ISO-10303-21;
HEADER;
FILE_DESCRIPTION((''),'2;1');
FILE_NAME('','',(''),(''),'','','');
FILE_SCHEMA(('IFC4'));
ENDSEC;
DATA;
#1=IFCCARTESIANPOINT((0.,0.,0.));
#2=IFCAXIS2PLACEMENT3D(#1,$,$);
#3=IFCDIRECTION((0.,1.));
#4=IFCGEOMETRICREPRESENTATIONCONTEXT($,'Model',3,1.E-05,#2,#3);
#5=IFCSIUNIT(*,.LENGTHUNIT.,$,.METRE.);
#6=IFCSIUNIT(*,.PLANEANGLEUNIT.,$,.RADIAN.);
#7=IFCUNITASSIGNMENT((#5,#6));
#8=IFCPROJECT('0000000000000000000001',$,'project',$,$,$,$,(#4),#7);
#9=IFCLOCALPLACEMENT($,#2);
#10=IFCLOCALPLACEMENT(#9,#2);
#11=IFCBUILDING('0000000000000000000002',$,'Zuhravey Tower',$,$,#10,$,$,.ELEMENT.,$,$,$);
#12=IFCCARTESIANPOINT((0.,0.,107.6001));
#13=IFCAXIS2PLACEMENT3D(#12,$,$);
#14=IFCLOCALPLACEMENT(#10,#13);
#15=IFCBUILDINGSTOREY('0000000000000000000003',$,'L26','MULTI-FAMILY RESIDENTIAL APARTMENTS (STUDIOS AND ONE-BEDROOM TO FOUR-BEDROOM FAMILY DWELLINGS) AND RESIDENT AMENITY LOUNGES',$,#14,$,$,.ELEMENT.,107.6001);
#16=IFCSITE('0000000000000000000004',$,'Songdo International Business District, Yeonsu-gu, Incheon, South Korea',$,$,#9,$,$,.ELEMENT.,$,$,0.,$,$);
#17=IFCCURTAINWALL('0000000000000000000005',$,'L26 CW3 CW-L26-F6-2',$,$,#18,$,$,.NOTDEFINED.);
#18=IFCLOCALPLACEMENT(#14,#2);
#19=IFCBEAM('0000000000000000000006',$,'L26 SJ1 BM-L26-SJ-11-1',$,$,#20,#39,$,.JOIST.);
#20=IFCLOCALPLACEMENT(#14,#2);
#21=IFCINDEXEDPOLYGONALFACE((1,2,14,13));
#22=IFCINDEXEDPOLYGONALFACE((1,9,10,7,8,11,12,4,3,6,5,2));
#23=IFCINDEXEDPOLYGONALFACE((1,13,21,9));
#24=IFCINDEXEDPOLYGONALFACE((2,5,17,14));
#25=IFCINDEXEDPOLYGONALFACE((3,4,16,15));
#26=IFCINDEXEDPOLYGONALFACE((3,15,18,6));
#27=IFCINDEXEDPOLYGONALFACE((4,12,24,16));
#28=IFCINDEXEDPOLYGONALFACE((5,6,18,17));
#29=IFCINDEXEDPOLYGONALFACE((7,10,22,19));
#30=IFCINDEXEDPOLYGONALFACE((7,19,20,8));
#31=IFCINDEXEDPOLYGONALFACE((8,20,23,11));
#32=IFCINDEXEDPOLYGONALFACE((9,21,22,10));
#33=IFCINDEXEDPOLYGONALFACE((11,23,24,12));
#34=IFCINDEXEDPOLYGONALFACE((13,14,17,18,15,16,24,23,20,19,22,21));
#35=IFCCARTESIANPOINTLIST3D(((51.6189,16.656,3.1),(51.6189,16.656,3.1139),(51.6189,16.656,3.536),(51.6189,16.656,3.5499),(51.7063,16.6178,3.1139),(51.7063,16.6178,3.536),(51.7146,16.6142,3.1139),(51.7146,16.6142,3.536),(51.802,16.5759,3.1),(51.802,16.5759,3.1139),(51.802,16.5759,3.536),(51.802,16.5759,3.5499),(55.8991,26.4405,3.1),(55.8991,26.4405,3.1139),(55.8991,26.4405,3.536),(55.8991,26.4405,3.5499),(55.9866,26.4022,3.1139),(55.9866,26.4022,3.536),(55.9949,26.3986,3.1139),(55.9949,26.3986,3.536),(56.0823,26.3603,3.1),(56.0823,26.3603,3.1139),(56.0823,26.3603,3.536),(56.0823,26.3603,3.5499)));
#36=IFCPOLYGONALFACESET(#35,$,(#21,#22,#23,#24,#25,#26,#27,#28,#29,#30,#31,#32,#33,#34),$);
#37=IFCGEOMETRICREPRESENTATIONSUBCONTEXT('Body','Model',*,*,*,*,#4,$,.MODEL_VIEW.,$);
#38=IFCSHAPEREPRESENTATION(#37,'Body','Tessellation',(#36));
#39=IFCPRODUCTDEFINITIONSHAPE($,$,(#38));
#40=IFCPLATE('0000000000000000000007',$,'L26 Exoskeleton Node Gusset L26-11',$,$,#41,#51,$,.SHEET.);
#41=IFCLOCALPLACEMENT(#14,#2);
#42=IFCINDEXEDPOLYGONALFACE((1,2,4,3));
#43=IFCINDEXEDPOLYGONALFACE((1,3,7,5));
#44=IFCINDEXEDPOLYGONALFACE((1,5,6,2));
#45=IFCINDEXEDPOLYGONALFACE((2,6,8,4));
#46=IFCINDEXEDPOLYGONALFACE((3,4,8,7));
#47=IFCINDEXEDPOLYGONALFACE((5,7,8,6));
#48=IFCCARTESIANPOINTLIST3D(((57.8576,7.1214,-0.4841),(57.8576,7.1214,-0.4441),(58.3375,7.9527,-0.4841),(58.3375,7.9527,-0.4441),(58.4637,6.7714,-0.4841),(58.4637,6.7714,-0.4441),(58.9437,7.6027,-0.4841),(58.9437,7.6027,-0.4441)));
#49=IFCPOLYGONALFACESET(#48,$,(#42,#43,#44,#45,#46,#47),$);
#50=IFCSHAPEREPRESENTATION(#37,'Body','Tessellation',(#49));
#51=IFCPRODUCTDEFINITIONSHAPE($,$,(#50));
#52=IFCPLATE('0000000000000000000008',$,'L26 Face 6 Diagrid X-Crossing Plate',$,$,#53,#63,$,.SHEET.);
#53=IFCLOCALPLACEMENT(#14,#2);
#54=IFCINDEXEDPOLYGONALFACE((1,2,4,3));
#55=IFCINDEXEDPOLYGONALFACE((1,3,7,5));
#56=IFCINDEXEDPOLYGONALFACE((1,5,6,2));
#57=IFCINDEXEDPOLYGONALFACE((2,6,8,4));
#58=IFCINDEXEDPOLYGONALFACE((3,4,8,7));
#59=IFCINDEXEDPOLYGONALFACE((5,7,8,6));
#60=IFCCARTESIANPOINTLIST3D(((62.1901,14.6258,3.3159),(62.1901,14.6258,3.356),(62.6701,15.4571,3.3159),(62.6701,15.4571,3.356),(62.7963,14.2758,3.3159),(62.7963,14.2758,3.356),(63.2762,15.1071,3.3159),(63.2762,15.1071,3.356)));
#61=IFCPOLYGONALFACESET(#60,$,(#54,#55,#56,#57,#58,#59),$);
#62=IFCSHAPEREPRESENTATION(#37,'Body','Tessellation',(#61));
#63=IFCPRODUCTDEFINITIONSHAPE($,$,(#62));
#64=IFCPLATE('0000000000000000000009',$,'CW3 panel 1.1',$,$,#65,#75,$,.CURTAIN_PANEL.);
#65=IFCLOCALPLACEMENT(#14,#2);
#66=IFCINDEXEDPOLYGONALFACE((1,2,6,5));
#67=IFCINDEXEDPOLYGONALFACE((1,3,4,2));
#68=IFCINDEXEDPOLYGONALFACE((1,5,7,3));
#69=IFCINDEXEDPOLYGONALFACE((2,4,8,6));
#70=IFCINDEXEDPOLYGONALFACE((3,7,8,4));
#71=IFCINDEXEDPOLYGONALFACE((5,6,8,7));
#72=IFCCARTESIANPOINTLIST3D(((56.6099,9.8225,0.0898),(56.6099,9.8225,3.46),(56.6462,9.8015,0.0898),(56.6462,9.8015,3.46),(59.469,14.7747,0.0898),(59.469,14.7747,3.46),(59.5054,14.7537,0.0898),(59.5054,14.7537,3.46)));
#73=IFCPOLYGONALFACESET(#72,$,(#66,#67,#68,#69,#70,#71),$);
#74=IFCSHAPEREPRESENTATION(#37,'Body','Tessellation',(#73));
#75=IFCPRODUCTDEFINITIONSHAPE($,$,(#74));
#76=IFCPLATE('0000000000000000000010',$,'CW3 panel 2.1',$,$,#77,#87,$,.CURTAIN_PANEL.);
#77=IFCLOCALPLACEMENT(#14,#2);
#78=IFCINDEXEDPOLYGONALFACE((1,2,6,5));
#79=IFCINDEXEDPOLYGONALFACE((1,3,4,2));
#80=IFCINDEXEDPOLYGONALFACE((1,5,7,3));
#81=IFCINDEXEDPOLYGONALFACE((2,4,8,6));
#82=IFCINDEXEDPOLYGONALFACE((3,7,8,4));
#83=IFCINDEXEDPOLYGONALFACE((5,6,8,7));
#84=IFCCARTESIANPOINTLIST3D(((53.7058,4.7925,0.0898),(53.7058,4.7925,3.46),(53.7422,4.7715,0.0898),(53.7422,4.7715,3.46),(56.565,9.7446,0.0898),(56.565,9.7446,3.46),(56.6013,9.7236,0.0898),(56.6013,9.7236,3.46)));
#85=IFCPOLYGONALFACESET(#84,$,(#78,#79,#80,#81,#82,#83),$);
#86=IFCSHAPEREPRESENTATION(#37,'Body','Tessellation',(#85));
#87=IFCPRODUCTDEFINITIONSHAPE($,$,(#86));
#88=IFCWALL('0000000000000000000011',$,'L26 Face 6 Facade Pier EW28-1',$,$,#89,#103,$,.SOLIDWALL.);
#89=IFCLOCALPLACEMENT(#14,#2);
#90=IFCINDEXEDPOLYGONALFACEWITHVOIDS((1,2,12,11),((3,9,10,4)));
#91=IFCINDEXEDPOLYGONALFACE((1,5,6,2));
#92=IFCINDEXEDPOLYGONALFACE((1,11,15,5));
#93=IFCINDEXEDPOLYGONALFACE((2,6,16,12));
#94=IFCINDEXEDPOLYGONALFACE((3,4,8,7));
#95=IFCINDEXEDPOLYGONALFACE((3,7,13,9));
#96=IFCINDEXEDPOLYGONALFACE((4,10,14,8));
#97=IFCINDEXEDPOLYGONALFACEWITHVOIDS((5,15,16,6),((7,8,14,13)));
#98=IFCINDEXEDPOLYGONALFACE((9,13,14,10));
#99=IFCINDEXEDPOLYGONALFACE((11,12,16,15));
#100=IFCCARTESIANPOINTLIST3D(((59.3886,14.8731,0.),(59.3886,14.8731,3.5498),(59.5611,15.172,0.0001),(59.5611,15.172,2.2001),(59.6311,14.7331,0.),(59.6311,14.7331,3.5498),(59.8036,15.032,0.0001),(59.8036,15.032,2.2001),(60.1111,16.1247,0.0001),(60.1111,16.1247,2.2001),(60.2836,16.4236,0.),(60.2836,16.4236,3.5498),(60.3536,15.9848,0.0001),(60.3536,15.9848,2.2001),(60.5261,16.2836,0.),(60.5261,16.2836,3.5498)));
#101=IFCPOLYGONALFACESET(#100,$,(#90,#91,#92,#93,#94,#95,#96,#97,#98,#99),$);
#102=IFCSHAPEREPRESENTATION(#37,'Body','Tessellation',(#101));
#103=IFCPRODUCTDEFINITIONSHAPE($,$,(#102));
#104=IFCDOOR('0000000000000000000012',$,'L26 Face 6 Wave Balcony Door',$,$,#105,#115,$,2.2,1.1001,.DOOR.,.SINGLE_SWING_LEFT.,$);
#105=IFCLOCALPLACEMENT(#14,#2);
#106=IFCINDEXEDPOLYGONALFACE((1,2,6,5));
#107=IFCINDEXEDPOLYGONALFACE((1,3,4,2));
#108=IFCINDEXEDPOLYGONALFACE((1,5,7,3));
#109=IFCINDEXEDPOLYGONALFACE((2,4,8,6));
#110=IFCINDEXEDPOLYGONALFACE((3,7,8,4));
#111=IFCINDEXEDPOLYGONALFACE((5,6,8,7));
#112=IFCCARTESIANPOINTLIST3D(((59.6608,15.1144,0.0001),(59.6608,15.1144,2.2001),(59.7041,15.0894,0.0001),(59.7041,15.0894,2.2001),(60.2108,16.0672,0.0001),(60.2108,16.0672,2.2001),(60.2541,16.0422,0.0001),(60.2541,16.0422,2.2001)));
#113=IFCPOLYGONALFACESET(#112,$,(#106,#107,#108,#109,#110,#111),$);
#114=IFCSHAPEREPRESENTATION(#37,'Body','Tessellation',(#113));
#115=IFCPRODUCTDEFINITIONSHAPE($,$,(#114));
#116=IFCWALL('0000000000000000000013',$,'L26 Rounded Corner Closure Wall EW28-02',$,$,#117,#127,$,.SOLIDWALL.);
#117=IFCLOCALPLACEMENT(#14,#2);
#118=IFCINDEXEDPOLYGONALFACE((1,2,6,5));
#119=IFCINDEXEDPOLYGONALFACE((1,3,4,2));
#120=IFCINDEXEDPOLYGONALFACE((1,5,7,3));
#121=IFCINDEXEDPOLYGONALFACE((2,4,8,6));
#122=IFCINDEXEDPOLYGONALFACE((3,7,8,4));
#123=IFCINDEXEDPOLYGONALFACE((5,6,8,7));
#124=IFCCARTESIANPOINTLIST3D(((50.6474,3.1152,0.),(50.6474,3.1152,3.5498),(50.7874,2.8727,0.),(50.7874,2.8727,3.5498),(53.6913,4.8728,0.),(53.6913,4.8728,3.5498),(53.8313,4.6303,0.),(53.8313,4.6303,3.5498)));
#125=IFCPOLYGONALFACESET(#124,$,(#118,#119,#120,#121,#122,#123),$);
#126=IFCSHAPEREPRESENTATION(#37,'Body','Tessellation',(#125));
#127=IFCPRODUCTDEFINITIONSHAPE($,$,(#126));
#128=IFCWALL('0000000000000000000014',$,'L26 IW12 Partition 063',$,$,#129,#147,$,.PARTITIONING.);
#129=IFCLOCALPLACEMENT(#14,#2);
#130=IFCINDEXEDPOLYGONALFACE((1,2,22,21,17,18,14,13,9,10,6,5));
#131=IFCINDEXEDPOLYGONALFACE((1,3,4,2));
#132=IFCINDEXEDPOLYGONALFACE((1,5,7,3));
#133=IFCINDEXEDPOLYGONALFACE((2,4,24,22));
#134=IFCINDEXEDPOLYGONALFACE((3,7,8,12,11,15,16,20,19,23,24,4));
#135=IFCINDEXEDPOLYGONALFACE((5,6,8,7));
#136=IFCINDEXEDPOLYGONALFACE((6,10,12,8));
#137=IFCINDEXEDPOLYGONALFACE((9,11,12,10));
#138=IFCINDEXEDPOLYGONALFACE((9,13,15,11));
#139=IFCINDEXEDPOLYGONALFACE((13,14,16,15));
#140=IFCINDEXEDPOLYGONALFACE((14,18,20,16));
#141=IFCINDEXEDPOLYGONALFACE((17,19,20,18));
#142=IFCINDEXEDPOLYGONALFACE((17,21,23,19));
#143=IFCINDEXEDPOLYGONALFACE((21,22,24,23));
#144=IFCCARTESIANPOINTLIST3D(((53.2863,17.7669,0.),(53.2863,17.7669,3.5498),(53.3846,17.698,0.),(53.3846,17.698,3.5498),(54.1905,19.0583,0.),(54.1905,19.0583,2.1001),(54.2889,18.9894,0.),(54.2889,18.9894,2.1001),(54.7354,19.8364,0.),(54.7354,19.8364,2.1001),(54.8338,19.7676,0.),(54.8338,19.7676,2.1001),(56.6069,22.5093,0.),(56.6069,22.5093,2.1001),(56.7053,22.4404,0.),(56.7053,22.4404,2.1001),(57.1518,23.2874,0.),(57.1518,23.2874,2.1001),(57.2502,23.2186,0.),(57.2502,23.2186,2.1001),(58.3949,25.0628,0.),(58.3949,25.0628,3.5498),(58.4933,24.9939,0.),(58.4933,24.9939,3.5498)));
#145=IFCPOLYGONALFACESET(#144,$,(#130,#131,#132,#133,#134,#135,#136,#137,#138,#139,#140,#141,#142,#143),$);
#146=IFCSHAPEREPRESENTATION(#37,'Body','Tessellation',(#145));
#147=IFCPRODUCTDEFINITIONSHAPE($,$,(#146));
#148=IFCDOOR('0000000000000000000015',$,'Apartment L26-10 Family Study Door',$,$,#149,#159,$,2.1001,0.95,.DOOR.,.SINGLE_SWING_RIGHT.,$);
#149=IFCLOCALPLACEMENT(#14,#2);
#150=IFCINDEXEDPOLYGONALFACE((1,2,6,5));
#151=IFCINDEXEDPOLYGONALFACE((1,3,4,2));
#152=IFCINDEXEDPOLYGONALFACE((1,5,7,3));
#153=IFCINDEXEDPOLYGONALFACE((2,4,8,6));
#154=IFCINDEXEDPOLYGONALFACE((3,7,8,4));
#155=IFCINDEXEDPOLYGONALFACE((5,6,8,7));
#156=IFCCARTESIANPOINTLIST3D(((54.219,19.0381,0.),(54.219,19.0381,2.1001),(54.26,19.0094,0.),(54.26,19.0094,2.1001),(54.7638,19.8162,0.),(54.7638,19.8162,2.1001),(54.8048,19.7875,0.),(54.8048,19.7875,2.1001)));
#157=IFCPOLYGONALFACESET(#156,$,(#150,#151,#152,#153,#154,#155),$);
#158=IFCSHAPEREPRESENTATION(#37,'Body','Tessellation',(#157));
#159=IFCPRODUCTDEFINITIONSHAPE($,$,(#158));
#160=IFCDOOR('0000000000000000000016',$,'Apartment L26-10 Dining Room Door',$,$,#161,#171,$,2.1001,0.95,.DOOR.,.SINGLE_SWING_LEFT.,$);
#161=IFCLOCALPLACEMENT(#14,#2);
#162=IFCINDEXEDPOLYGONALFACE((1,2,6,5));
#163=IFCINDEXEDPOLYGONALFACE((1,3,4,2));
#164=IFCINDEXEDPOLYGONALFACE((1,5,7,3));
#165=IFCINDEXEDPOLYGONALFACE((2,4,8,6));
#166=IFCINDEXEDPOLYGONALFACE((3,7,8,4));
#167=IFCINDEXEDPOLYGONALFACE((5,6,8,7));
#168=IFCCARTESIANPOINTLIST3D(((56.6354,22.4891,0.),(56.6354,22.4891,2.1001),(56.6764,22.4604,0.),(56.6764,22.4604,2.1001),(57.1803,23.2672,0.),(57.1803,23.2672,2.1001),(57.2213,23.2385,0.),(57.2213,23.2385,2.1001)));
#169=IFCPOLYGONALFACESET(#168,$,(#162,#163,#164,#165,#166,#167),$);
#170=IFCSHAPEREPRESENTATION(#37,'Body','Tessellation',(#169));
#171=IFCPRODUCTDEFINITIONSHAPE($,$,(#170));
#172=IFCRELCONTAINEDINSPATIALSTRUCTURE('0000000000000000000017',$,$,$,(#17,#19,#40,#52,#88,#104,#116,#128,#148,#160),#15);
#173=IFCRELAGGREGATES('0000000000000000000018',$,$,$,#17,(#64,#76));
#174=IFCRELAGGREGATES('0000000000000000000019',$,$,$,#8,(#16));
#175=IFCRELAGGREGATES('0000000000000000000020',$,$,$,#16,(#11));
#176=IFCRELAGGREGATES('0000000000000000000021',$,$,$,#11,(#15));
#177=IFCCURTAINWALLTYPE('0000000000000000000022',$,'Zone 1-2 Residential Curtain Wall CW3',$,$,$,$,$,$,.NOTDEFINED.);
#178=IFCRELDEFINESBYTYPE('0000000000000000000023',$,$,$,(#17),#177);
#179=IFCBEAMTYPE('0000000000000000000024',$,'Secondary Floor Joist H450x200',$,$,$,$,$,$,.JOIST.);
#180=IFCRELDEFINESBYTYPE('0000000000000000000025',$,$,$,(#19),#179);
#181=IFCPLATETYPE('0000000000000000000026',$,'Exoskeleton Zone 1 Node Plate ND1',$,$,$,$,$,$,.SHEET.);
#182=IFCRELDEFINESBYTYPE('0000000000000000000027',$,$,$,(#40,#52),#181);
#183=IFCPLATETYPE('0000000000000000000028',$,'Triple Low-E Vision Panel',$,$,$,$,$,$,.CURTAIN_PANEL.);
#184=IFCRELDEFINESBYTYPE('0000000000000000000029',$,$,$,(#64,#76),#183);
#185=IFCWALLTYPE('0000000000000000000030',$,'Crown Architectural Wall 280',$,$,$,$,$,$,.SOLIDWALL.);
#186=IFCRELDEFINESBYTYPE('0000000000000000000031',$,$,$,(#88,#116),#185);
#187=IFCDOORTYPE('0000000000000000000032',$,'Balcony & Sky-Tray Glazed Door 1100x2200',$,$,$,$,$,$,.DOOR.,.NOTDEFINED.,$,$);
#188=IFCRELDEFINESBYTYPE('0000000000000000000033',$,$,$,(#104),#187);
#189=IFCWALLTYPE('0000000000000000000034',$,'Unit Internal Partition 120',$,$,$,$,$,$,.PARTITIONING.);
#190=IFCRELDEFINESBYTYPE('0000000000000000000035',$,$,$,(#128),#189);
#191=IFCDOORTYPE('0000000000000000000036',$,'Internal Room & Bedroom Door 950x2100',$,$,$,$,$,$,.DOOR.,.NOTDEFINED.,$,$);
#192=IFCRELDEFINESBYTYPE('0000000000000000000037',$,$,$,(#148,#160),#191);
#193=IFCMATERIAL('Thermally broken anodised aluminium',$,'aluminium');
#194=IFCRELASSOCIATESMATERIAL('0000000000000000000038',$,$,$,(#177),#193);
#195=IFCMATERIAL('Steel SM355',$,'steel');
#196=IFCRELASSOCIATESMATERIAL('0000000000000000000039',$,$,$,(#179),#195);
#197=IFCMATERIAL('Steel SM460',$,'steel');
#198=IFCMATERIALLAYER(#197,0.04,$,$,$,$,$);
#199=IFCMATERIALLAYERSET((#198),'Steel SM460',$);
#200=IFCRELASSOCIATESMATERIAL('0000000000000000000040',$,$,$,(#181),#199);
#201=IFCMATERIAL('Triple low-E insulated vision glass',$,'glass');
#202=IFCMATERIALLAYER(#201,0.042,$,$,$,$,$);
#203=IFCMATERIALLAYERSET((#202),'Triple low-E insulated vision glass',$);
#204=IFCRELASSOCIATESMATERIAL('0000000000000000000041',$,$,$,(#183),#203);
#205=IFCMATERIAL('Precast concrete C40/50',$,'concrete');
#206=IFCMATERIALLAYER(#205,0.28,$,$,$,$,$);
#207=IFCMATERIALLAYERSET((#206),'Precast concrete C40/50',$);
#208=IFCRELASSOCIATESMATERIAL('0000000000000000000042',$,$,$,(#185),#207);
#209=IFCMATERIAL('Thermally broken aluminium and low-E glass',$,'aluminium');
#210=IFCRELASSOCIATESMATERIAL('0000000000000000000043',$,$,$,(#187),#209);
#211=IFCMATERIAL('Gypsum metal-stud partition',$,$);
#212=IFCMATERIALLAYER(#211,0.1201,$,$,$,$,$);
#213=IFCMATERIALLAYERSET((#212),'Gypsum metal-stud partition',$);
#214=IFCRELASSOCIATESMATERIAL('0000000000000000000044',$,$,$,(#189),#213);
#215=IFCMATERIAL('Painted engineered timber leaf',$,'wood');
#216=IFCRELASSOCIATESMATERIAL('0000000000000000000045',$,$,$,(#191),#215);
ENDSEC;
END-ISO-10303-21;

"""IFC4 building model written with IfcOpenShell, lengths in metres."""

from ifc_helpers import new_model, si_unit, direction, frame, frame_2d, origin, origin_2d, place, context, subcontext, project, spatial, rectangle, i_section, extrude, material, layer, layer_set, material_profile, profile_set, type_object, element, fill, aggregate, save


model = new_model("IFC4")

# Units and contexts
model_context = context("Model", 3, precision=1e-05, world=origin(), true_north=direction((0.0, 1.0)))
body_context = subcontext(model_context, "Body", "Model", "MODEL_VIEW")
ifc_project = project(units=[si_unit("LENGTHUNIT", "METRE"), si_unit("PLANEANGLEUNIT", "RADIAN")], contexts=[model_context])

# Site, building, storey
site_placement = place(None, origin())
site = spatial("IfcSite", under=ifc_project, at=site_placement, Name="Songdo International Business District, Yeonsu-gu, Incheon, South Korea", CompositionType="ELEMENT", RefElevation=0.0)
building_placement = place(site_placement, origin())
building = spatial("IfcBuilding", under=site, at=building_placement, Name="Zuhravey Tower", CompositionType="ELEMENT")
storey_placement = place(building_placement, frame((0.0, 0.0, 107.6001)))
storey = spatial("IfcBuildingStorey", under=building, at=storey_placement, Name="L26", Description="MULTI-FAMILY RESIDENTIAL APARTMENTS (STUDIOS AND ONE-BEDROOM TO FOUR-BEDROOM FAMILY DWELLINGS) AND RESIDENT AMENITY LOUNGES", CompositionType="ELEMENT", Elevation=107.6001)

# Shared definitions
ifc_material_1 = material(Name="Thermally broken anodised aluminium", Category="aluminium")
curtain_wall_type = type_object("IfcCurtainWallType", Name="Zone 1-2 Residential Curtain Wall CW3", PredefinedType="NOTDEFINED", material=ifc_material_1)

# Curtain wall
curtain_wall_1_placement = place(storey_placement, origin())
curtain_wall_1 = element("IfcCurtainWall", 1, at=curtain_wall_1_placement, inside=storey, type_object=curtain_wall_type, Name="L26 CW3 CW-L26-F6-2", PredefinedType="NOTDEFINED")

# Shared definitions
ifc_material_2 = material(Name="Steel SM355", Category="steel")
ifc_material_3 = material(Name="Steel SM460", Category="steel")

# Beam
ifc_material_profile_1 = material_profile(ifc_material_2, i_section(OverallWidth=0.2, OverallDepth=0.45, WebThickness=0.009, FlangeThickness=0.0139, at=origin_2d()), Name="H-450x200x9x14")
ifc_profile_set_1 = profile_set([ifc_material_profile_1], Name="Steel SM355")
beam_type_1 = type_object("IfcBeamType", Name="Secondary Floor Joist H450x200", PredefinedType="JOIST", material=ifc_profile_set_1)
beam_1_placement = place(storey_placement, frame((51.7104, 16.616, 3.325), z_axis=(0.400786, 0.916172, 0.0), x_axis=(-0.916172, 0.400786, 0.0)))
element("IfcBeam", 2, at=beam_1_placement, inside=storey, type_object=beam_type_1, Name="L26 SJ1 BM-L26-SJ-11-1", PredefinedType="JOIST", context=body_context, shape_type="SweptSolid", body=[
    extrude(i_section(OverallWidth=0.2, OverallDepth=0.45, WebThickness=0.009, FlangeThickness=0.0139, at=origin_2d()), origin(), (0.0, 0.0, 1.0), 10.6797),
])

# Plates
ifc_layer_1 = layer(ifc_material_3, 0.04)
ifc_layer_set_1 = layer_set([ifc_layer_1], Name="Steel SM460")
plate_type_1 = type_object("IfcPlateType", Name="Exoskeleton Zone 1 Node Plate ND1", PredefinedType="SHEET", material=ifc_layer_set_1)
for number, where, z_axis, x_axis, name in (
    (3, (58.4006, 7.3621, -0.4841), (0.0, 0.0, 1.0), (0.5, 0.866025, 0.0), "L26 Exoskeleton Node Gusset L26-11"),
    (4, (62.7332, 14.8665, 3.3159), (0.0, 0.0, 1.0), (0.5, 0.866025, 0.0), "L26 Face 6 Diagrid X-Crossing Plate"),
):
    element("IfcPlate", number, at=place(storey_placement, frame(where, z_axis=z_axis, x_axis=x_axis)), inside=storey, type_object=plate_type_1, Name=name, PredefinedType="SHEET", context=body_context, shape_type="SweptSolid", body=[
        extrude(rectangle(XDim=0.96, YDim=0.7, at=origin_2d()), origin(), (0.0, 0.0, 1.0), 0.04),
    ])

# Plates
ifc_material_4 = material(Name="Triple low-E insulated vision glass", Category="glass")
ifc_layer_2 = layer(ifc_material_4, 0.042)
ifc_layer_set_2 = layer_set([ifc_layer_2], Name="Triple low-E insulated vision glass")
plate_type_2 = type_object("IfcPlateType", Name="Triple Low-E Vision Panel", PredefinedType="CURTAIN_PANEL", material=ifc_layer_set_2)
plate_1_placement = place(storey_placement, frame((58.0576, 12.2881, 0.0898), z_axis=(0.0, 0.0, 1.0), x_axis=(-0.500004, -0.866023, 0.0)))
plate_1 = element("IfcPlate", 5, at=plate_1_placement, type_object=plate_type_2, Name="CW3 panel 1.1", PredefinedType="CURTAIN_PANEL", context=body_context, shape_type="SweptSolid", body=[
    extrude(rectangle(XDim=5.7183, YDim=0.042, at=origin_2d()), origin(), (0.0, 0.0, 1.0), 3.3701),
])
plate_2_placement = place(storey_placement, frame((55.1536, 7.2581, 0.0898), z_axis=(0.0, 0.0, 1.0), x_axis=(-0.500004, -0.866023, 0.0)))
plate_2 = element("IfcPlate", 6, at=plate_2_placement, type_object=plate_type_2, Name="CW3 panel 2.1", PredefinedType="CURTAIN_PANEL", context=body_context, shape_type="SweptSolid", body=[
    extrude(rectangle(XDim=5.7183, YDim=0.042, at=origin_2d()), origin(), (0.0, 0.0, 1.0), 3.3701),
])
aggregate(curtain_wall_1, [plate_1, plate_2])

# Wall, opening, door
ifc_material_5 = material(Name="Precast concrete C40/50", Category="concrete")
ifc_layer_3 = layer(ifc_material_5, 0.28)
ifc_layer_set_3 = layer_set([ifc_layer_3], Name="Precast concrete C40/50")
wall_type_1 = type_object("IfcWallType", Name="Crown Architectural Wall 280", PredefinedType="SOLIDWALL", material=ifc_layer_set_3)
wall_1_placement = place(storey_placement, frame((60.4048, 16.3535, 0.0), z_axis=(0.0, 0.0, 1.0), x_axis=(-0.499923, -0.86607, 0.0)))
wall_1 = element("IfcWall", 7, at=wall_1_placement, inside=storey, type_object=wall_type_1, Name="L26 Face 6 Facade Pier EW28-1", PredefinedType="SOLIDWALL", context=body_context, shape_type="SweptSolid", body=[
    extrude(rectangle(XDim=1.7903, YDim=0.28, at=frame_2d((0.895, 0.0))), origin(), (0.0, 0.0, 1.0), 3.5498),
])
opening_1_placement = place(wall_1_placement, frame((0.345, 0.0, 0.0)))
opening_1 = element("IfcOpeningElement", 8, at=opening_1_placement, cuts=wall_1, PredefinedType="OPENING", context=body_context, shape_type="SweptSolid", body=[
    extrude(rectangle(XDim=1.1001, YDim=2.2, at=frame_2d((0.55, 1.1001))), frame((0.0, 0.1521, 0.0), z_axis=(0.0, -1.0, 0.0), x_axis=(1.0, 0.0, 0.0)), (0.0, 0.0, 1.0), 0.304),
])
ifc_material_6 = material(Name="Thermally broken aluminium and low-E glass", Category="aluminium")
door_type_1 = type_object("IfcDoorType", Name="Balcony & Sky-Tray Glazed Door 1100x2200", OperationType="NOTDEFINED", PredefinedType="DOOR", material=ifc_material_6)
door_1_placement = place(opening_1_placement, frame((1.1001, 0.0, 0.0), z_axis=(0.0, 0.0, 1.0), x_axis=(-1.0, 0.0, 0.0)))
door_1 = element("IfcDoor", 9, at=door_1_placement, inside=storey, type_object=door_type_1, Name="L26 Face 6 Wave Balcony Door", OperationType="SINGLE_SWING_LEFT", OverallHeight=2.2, OverallWidth=1.1001, PredefinedType="DOOR", context=body_context, shape_type="SweptSolid", body=[
    extrude(rectangle(XDim=1.1001, YDim=2.2, at=frame_2d((0.55, 1.1001))), frame((0.0, 0.0249, 0.0), z_axis=(0.0, -1.0, 0.0), x_axis=(1.0, 0.0, 0.0)), (0.0, 0.0, 1.0), 0.05),
])
fill(opening_1, door_1)

# Wall
wall_2_placement = place(storey_placement, frame((53.7612, 4.7515, 0.0), z_axis=(0.0, 0.0, 1.0), x_axis=(-0.866007, -0.500031, 0.0)))
element("IfcWall", 10, at=wall_2_placement, inside=storey, type_object=wall_type_1, Name="L26 Rounded Corner Closure Wall EW28-02", PredefinedType="SOLIDWALL", context=body_context, shape_type="SweptSolid", body=[
    extrude(rectangle(XDim=3.5149, YDim=0.28, at=frame_2d((1.7573, 0.0))), origin(), (0.0, 0.0, 1.0), 3.5498),
])

# Wall, openings, doors
ifc_material_7 = material(Name="Gypsum metal-stud partition")
ifc_layer_4 = layer(ifc_material_7, 0.1201)
ifc_layer_set_4 = layer_set([ifc_layer_4], Name="Gypsum metal-stud partition")
wall_type_2 = type_object("IfcWallType", Name="Unit Internal Partition 120", PredefinedType="PARTITIONING", material=ifc_layer_set_4)
wall_3_placement = place(storey_placement, frame((53.3354, 17.7324, 0.0), z_axis=(0.0, 0.0, 1.0), x_axis=(0.573576, 0.819152, 0.0)))
wall_3 = element("IfcWall", 11, at=wall_3_placement, inside=storey, type_object=wall_type_2, Name="L26 IW12 Partition 063", PredefinedType="PARTITIONING", context=body_context, shape_type="SweptSolid", body=[
    extrude(rectangle(XDim=8.9067, YDim=0.1201, at=frame_2d((4.4534, 0.0))), origin(), (0.0, 0.0, 1.0), 3.5498),
])
opening_2_placement = place(wall_3_placement, frame((1.5764, 0.0, 0.0)))
opening_2 = element("IfcOpeningElement", 12, at=opening_2_placement, cuts=wall_3, PredefinedType="OPENING", context=body_context, shape_type="SweptSolid", body=[
    extrude(rectangle(XDim=0.95, YDim=2.1001, at=frame_2d((0.4751, 1.05))), frame((0.0, 0.072, 0.0), z_axis=(0.0, -1.0, 0.0), x_axis=(1.0, 0.0, 0.0)), (0.0, 0.0, 1.0), 0.144),
])
opening_3_placement = place(wall_3_placement, frame((5.7893, 0.0, 0.0)))
opening_3 = element("IfcOpeningElement", 13, at=opening_3_placement, cuts=wall_3, PredefinedType="OPENING", context=body_context, shape_type="SweptSolid", body=[
    extrude(rectangle(XDim=0.95, YDim=2.1001, at=frame_2d((0.4751, 1.05))), frame((0.0, 0.072, 0.0), z_axis=(0.0, -1.0, 0.0), x_axis=(1.0, 0.0, 0.0)), (0.0, 0.0, 1.0), 0.144),
])
ifc_material_8 = material(Name="Painted engineered timber leaf", Category="wood")
door_type_2 = type_object("IfcDoorType", Name="Internal Room & Bedroom Door 950x2100", OperationType="NOTDEFINED", PredefinedType="DOOR", material=ifc_material_8)
door_2_placement = place(opening_2_placement, frame((0.95, 0.0, 0.0), z_axis=(0.0, 0.0, 1.0), x_axis=(-1.0, 0.0, 0.0)))
door_2 = element("IfcDoor", 14, at=door_2_placement, inside=storey, type_object=door_type_2, Name="Apartment L26-10 Family Study Door", OperationType="SINGLE_SWING_RIGHT", OverallHeight=2.1001, OverallWidth=0.95, PredefinedType="DOOR", context=body_context, shape_type="SweptSolid", body=[
    extrude(rectangle(XDim=0.95, YDim=2.1001, at=frame_2d((0.4751, 1.05))), frame((0.0, 0.0249, 0.0), z_axis=(0.0, -1.0, 0.0), x_axis=(1.0, 0.0, 0.0)), (0.0, 0.0, 1.0), 0.05),
])
fill(opening_2, door_2)
door_3_placement = place(opening_3_placement, frame((0.95, 0.0, 0.0), z_axis=(0.0, 0.0, 1.0), x_axis=(-1.0, 0.0, 0.0)))
door_3 = element("IfcDoor", 15, at=door_3_placement, inside=storey, type_object=door_type_2, Name="Apartment L26-10 Dining Room Door", OperationType="SINGLE_SWING_LEFT", OverallHeight=2.1001, OverallWidth=0.95, PredefinedType="DOOR", context=body_context, shape_type="SweptSolid", body=[
    extrude(rectangle(XDim=0.95, YDim=2.1001, at=frame_2d((0.4751, 1.05))), frame((0.0, 0.0249, 0.0), z_axis=(0.0, -1.0, 0.0), x_axis=(1.0, 0.0, 0.0)), (0.0, 0.0, 1.0), 0.05),
])
fill(opening_3, door_3)

save(model, "model.ifc")
